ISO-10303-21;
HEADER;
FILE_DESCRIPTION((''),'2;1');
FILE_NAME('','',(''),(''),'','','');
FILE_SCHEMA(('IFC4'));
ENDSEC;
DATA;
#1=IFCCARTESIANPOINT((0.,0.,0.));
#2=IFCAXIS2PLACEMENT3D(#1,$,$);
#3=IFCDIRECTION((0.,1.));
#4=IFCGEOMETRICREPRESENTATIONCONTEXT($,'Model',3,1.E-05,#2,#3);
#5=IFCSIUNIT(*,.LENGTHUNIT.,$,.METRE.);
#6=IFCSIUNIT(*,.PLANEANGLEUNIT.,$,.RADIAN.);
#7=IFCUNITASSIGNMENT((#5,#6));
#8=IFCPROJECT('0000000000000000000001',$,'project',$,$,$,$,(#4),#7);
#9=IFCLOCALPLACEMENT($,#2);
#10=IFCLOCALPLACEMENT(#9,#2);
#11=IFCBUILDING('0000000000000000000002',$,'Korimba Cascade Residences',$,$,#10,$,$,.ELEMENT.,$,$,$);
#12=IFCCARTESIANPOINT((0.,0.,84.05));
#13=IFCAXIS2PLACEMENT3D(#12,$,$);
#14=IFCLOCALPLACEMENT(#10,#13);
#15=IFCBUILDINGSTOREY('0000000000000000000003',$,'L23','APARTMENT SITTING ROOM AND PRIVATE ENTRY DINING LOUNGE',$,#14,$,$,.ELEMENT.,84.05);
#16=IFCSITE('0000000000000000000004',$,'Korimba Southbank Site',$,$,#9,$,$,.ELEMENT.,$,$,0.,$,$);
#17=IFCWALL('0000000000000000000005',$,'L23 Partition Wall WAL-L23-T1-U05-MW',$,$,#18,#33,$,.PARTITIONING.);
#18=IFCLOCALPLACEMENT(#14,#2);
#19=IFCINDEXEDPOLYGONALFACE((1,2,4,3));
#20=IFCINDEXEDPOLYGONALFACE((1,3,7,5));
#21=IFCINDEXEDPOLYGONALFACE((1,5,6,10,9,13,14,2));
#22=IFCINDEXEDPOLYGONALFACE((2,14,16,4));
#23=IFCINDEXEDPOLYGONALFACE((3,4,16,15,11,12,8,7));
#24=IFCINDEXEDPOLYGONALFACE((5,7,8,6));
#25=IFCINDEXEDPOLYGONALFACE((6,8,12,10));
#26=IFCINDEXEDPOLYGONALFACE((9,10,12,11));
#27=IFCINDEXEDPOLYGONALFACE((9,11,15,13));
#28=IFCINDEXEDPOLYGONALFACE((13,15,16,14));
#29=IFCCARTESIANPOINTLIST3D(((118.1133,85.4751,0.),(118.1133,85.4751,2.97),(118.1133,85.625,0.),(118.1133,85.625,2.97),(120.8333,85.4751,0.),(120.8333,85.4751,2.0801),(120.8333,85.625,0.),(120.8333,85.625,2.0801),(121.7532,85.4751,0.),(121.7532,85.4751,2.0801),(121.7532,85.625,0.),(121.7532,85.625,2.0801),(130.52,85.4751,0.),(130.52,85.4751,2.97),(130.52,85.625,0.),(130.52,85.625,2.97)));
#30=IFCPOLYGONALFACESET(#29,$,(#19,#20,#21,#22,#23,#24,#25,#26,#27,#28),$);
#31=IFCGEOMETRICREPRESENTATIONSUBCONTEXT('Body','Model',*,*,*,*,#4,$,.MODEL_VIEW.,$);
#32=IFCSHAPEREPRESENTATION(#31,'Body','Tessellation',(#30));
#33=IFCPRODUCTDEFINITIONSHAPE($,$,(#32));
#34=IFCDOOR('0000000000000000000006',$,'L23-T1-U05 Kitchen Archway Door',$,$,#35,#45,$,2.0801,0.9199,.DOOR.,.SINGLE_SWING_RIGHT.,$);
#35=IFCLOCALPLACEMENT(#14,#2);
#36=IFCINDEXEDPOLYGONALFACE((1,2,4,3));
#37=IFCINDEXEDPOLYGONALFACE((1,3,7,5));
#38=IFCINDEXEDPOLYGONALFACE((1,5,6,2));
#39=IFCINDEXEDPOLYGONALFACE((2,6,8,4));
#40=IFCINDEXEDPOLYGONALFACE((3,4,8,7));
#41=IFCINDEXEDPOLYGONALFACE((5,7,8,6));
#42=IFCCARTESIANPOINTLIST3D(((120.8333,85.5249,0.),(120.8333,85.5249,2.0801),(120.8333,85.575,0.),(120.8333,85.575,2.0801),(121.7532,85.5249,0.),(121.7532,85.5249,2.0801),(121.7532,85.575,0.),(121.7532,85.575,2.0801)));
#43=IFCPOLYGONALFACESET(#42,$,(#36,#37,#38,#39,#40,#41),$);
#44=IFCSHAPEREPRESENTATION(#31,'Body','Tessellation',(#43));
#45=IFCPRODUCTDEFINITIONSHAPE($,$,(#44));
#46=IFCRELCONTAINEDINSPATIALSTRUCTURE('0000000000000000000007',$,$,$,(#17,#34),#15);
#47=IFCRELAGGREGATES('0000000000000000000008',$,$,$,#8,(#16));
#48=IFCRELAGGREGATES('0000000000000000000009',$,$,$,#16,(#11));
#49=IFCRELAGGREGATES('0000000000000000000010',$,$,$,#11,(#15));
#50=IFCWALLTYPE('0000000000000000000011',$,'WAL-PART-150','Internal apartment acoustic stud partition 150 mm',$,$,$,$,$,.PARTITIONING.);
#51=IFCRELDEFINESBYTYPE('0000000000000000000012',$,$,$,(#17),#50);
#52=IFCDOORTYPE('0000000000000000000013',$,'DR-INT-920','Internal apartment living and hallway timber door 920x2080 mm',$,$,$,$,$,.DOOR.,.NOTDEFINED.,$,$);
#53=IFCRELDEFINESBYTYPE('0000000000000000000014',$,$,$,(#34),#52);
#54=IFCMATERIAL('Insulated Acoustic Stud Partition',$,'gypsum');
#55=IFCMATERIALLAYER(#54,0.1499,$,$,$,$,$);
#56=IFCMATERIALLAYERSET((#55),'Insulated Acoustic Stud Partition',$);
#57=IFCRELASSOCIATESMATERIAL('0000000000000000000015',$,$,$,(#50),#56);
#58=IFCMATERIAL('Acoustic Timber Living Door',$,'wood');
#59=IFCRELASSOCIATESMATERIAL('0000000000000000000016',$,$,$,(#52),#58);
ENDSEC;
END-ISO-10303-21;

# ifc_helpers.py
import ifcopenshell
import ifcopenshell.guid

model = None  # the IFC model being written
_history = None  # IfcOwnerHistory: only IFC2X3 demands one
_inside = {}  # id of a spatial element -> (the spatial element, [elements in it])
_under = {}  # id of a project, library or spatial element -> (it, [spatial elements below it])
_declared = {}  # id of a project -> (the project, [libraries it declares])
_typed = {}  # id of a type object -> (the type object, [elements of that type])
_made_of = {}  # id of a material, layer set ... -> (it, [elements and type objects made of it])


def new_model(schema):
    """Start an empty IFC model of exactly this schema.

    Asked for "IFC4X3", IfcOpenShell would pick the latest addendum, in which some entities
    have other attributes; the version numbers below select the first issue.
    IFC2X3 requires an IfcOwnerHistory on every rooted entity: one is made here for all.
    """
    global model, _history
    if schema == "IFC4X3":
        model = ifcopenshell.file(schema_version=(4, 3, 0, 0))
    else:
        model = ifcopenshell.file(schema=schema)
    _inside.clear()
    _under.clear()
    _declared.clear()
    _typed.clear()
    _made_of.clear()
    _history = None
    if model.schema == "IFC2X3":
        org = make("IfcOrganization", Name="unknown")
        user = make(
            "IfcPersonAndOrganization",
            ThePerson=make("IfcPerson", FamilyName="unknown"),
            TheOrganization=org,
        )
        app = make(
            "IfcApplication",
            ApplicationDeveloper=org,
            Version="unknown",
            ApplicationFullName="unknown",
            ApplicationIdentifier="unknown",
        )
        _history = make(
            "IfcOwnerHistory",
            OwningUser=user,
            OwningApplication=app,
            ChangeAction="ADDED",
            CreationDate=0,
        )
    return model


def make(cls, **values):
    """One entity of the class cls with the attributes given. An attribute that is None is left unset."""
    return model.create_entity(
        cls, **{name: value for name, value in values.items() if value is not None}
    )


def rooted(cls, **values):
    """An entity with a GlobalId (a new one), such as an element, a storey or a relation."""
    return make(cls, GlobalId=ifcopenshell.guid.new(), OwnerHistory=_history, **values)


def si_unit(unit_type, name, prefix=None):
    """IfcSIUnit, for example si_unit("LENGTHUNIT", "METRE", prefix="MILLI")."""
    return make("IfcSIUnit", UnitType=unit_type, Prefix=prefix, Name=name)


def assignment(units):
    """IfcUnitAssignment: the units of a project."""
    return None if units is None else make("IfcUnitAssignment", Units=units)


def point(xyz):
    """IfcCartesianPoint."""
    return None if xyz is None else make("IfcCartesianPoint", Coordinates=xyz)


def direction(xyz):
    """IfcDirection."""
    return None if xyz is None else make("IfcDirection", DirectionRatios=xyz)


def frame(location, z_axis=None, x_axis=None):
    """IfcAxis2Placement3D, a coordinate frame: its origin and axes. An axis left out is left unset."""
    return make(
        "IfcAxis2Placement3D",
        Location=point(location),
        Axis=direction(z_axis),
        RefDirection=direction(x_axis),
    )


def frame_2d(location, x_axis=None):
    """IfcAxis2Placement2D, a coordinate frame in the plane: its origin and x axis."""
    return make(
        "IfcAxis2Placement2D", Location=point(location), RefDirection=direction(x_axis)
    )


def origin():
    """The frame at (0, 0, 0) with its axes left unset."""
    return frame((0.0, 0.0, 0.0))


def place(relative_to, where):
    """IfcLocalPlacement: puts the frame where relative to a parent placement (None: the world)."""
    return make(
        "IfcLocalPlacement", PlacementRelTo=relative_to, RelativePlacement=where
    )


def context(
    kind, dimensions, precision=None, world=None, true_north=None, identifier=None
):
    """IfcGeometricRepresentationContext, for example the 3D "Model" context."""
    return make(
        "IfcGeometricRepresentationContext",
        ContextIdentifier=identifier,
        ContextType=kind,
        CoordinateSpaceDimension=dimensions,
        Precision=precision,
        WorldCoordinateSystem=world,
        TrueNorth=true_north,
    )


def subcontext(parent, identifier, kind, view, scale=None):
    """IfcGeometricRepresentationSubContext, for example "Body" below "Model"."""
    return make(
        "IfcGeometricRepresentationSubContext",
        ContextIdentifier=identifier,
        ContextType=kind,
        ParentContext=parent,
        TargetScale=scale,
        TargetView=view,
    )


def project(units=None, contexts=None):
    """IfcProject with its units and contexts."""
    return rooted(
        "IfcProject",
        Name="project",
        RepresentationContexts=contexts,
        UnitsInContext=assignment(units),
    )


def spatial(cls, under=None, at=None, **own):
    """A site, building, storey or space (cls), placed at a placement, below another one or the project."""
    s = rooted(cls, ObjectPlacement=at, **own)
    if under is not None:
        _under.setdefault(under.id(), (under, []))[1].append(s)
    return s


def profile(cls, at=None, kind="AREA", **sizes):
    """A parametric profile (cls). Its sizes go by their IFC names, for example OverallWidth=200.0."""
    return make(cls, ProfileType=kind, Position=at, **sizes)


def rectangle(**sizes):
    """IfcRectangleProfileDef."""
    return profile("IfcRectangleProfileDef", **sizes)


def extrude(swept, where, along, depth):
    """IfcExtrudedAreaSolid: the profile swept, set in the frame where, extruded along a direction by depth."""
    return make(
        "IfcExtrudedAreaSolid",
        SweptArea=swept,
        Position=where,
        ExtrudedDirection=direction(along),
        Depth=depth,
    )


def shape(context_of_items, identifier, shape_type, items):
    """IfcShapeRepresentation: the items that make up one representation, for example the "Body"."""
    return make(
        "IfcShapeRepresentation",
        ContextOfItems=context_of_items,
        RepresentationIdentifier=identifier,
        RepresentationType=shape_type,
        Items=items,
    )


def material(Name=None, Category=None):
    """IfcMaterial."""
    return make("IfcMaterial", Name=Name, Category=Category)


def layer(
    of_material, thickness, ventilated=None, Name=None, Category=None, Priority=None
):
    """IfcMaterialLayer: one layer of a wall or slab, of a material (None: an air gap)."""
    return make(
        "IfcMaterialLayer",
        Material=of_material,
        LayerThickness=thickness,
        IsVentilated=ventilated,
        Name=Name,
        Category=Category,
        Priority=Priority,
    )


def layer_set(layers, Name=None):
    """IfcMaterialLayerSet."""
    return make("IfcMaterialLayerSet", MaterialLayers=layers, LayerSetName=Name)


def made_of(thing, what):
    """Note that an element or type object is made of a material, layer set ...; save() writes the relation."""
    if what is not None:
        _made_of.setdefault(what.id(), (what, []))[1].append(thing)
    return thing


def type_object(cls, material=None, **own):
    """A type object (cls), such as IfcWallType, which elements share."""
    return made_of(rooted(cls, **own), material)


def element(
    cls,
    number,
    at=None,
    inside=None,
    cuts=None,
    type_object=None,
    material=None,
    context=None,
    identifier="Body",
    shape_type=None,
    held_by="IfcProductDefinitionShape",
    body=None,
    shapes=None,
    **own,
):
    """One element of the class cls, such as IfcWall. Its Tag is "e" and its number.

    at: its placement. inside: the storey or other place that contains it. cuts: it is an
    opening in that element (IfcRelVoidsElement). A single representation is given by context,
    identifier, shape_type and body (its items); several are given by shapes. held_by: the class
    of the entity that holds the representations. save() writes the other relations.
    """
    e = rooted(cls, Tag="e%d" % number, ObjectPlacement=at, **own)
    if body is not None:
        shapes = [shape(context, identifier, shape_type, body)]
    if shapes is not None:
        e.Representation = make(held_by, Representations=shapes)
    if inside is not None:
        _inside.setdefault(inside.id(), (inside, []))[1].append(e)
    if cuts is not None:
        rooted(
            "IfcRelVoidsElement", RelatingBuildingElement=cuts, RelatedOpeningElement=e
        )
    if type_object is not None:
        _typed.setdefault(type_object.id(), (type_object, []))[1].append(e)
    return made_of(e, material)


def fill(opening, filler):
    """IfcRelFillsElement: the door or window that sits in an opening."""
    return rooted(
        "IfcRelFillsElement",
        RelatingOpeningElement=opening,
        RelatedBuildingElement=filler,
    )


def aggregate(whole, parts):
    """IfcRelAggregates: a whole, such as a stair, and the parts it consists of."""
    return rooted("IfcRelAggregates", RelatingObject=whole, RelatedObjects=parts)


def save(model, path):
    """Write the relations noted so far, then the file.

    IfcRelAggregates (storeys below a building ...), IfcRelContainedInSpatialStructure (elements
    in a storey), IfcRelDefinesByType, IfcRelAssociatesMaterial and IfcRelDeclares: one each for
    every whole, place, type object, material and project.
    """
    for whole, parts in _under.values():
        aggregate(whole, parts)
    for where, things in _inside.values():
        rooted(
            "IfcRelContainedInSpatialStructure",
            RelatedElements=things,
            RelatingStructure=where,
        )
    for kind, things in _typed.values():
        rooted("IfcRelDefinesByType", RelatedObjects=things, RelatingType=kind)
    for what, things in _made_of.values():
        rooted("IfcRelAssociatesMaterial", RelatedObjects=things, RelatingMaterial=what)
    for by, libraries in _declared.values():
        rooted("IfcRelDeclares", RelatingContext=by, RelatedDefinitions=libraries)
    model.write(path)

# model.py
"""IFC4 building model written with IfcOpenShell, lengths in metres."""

from ifc_helpers import new_model, si_unit, direction, frame, frame_2d, origin, place, context, subcontext, project, spatial, rectangle, extrude, material, layer, layer_set, type_object, element, fill, save


model = new_model("IFC4")

# Units and contexts
model_context = context("Model", 3, precision=1e-05, world=origin(), true_north=direction((0.0, 1.0)))
body_context = subcontext(model_context, "Body", "Model", "MODEL_VIEW")
ifc_project = project(units=[si_unit("LENGTHUNIT", "METRE"), si_unit("PLANEANGLEUNIT", "RADIAN")], contexts=[model_context])

# Site, building, storey
site_placement = place(None, origin())
site = spatial("IfcSite", under=ifc_project, at=site_placement, Name="Korimba Southbank Site", CompositionType="ELEMENT", RefElevation=0.0)
building_placement = place(site_placement, origin())
building = spatial("IfcBuilding", under=site, at=building_placement, Name="Korimba Cascade Residences", CompositionType="ELEMENT")
storey_placement = place(building_placement, frame((0.0, 0.0, 84.05)))
storey = spatial("IfcBuildingStorey", under=building, at=storey_placement, Name="L23", Description="APARTMENT SITTING ROOM AND PRIVATE ENTRY DINING LOUNGE", CompositionType="ELEMENT", Elevation=84.05)

# Shared definitions
ifc_material_1 = material(Name="Insulated Acoustic Stud Partition", Category="gypsum")
ifc_layer_1 = layer(ifc_material_1, 0.1499)
ifc_layer_set_1 = layer_set([ifc_layer_1], Name="Insulated Acoustic Stud Partition")
wall_type_1 = type_object("IfcWallType", Name="WAL-PART-150", Description="Internal apartment acoustic stud partition 150 mm", PredefinedType="PARTITIONING", material=ifc_layer_set_1)

# Wall, opening, door
wall_1_placement = place(storey_placement, frame((118.1133, 85.55, 0.0), z_axis=(0.0, 0.0, 1.0), x_axis=(1.0, 0.0, 0.0)))
wall_1 = element("IfcWall", 1, at=wall_1_placement, inside=storey, type_object=wall_type_1, Name="L23 Partition Wall WAL-L23-T1-U05-MW", PredefinedType="PARTITIONING", context=body_context, shape_type="SweptSolid", body=[
    extrude(rectangle(XDim=12.4067, YDim=0.1499, at=frame_2d((6.2034, 0.0))), origin(), (0.0, 0.0, 1.0), 2.97),
])
opening_1_placement = place(wall_1_placement, frame((2.72, 0.0, 0.0)))
opening_1 = element("IfcOpeningElement", 2, at=opening_1_placement, cuts=wall_1, PredefinedType="OPENING", context=body_context, shape_type="SweptSolid", body=[
    extrude(rectangle(XDim=0.9199, YDim=2.0801, at=frame_2d((0.46, 1.04))), frame((0.0, 0.085, 0.0), z_axis=(0.0, -1.0, 0.0), x_axis=(1.0, 0.0, 0.0)), (0.0, 0.0, 1.0), 0.1699),
])
ifc_material_2 = material(Name="Acoustic Timber Living Door", Category="wood")
door_type_1 = type_object("IfcDoorType", Name="DR-INT-920", Description="Internal apartment living and hallway timber door 920x2080 mm", OperationType="NOTDEFINED", PredefinedType="DOOR", material=ifc_material_2)
door_1_placement = place(opening_1_placement, origin())
door_1 = element("IfcDoor", 3, at=door_1_placement, inside=storey, type_object=door_type_1, Name="L23-T1-U05 Kitchen Archway Door", OperationType="SINGLE_SWING_RIGHT", OverallHeight=2.0801, OverallWidth=0.9199, PredefinedType="DOOR", context=body_context, shape_type="SweptSolid", body=[
    extrude(rectangle(XDim=0.9199, YDim=2.0801, at=frame_2d((0.46, 1.04))), frame((0.0, 0.0249, 0.0), z_axis=(0.0, -1.0, 0.0), x_axis=(1.0, 0.0, 0.0)), (0.0, 0.0, 1.0), 0.05),
])
fill(opening_1, door_1)

save(model, "model.ifc")
